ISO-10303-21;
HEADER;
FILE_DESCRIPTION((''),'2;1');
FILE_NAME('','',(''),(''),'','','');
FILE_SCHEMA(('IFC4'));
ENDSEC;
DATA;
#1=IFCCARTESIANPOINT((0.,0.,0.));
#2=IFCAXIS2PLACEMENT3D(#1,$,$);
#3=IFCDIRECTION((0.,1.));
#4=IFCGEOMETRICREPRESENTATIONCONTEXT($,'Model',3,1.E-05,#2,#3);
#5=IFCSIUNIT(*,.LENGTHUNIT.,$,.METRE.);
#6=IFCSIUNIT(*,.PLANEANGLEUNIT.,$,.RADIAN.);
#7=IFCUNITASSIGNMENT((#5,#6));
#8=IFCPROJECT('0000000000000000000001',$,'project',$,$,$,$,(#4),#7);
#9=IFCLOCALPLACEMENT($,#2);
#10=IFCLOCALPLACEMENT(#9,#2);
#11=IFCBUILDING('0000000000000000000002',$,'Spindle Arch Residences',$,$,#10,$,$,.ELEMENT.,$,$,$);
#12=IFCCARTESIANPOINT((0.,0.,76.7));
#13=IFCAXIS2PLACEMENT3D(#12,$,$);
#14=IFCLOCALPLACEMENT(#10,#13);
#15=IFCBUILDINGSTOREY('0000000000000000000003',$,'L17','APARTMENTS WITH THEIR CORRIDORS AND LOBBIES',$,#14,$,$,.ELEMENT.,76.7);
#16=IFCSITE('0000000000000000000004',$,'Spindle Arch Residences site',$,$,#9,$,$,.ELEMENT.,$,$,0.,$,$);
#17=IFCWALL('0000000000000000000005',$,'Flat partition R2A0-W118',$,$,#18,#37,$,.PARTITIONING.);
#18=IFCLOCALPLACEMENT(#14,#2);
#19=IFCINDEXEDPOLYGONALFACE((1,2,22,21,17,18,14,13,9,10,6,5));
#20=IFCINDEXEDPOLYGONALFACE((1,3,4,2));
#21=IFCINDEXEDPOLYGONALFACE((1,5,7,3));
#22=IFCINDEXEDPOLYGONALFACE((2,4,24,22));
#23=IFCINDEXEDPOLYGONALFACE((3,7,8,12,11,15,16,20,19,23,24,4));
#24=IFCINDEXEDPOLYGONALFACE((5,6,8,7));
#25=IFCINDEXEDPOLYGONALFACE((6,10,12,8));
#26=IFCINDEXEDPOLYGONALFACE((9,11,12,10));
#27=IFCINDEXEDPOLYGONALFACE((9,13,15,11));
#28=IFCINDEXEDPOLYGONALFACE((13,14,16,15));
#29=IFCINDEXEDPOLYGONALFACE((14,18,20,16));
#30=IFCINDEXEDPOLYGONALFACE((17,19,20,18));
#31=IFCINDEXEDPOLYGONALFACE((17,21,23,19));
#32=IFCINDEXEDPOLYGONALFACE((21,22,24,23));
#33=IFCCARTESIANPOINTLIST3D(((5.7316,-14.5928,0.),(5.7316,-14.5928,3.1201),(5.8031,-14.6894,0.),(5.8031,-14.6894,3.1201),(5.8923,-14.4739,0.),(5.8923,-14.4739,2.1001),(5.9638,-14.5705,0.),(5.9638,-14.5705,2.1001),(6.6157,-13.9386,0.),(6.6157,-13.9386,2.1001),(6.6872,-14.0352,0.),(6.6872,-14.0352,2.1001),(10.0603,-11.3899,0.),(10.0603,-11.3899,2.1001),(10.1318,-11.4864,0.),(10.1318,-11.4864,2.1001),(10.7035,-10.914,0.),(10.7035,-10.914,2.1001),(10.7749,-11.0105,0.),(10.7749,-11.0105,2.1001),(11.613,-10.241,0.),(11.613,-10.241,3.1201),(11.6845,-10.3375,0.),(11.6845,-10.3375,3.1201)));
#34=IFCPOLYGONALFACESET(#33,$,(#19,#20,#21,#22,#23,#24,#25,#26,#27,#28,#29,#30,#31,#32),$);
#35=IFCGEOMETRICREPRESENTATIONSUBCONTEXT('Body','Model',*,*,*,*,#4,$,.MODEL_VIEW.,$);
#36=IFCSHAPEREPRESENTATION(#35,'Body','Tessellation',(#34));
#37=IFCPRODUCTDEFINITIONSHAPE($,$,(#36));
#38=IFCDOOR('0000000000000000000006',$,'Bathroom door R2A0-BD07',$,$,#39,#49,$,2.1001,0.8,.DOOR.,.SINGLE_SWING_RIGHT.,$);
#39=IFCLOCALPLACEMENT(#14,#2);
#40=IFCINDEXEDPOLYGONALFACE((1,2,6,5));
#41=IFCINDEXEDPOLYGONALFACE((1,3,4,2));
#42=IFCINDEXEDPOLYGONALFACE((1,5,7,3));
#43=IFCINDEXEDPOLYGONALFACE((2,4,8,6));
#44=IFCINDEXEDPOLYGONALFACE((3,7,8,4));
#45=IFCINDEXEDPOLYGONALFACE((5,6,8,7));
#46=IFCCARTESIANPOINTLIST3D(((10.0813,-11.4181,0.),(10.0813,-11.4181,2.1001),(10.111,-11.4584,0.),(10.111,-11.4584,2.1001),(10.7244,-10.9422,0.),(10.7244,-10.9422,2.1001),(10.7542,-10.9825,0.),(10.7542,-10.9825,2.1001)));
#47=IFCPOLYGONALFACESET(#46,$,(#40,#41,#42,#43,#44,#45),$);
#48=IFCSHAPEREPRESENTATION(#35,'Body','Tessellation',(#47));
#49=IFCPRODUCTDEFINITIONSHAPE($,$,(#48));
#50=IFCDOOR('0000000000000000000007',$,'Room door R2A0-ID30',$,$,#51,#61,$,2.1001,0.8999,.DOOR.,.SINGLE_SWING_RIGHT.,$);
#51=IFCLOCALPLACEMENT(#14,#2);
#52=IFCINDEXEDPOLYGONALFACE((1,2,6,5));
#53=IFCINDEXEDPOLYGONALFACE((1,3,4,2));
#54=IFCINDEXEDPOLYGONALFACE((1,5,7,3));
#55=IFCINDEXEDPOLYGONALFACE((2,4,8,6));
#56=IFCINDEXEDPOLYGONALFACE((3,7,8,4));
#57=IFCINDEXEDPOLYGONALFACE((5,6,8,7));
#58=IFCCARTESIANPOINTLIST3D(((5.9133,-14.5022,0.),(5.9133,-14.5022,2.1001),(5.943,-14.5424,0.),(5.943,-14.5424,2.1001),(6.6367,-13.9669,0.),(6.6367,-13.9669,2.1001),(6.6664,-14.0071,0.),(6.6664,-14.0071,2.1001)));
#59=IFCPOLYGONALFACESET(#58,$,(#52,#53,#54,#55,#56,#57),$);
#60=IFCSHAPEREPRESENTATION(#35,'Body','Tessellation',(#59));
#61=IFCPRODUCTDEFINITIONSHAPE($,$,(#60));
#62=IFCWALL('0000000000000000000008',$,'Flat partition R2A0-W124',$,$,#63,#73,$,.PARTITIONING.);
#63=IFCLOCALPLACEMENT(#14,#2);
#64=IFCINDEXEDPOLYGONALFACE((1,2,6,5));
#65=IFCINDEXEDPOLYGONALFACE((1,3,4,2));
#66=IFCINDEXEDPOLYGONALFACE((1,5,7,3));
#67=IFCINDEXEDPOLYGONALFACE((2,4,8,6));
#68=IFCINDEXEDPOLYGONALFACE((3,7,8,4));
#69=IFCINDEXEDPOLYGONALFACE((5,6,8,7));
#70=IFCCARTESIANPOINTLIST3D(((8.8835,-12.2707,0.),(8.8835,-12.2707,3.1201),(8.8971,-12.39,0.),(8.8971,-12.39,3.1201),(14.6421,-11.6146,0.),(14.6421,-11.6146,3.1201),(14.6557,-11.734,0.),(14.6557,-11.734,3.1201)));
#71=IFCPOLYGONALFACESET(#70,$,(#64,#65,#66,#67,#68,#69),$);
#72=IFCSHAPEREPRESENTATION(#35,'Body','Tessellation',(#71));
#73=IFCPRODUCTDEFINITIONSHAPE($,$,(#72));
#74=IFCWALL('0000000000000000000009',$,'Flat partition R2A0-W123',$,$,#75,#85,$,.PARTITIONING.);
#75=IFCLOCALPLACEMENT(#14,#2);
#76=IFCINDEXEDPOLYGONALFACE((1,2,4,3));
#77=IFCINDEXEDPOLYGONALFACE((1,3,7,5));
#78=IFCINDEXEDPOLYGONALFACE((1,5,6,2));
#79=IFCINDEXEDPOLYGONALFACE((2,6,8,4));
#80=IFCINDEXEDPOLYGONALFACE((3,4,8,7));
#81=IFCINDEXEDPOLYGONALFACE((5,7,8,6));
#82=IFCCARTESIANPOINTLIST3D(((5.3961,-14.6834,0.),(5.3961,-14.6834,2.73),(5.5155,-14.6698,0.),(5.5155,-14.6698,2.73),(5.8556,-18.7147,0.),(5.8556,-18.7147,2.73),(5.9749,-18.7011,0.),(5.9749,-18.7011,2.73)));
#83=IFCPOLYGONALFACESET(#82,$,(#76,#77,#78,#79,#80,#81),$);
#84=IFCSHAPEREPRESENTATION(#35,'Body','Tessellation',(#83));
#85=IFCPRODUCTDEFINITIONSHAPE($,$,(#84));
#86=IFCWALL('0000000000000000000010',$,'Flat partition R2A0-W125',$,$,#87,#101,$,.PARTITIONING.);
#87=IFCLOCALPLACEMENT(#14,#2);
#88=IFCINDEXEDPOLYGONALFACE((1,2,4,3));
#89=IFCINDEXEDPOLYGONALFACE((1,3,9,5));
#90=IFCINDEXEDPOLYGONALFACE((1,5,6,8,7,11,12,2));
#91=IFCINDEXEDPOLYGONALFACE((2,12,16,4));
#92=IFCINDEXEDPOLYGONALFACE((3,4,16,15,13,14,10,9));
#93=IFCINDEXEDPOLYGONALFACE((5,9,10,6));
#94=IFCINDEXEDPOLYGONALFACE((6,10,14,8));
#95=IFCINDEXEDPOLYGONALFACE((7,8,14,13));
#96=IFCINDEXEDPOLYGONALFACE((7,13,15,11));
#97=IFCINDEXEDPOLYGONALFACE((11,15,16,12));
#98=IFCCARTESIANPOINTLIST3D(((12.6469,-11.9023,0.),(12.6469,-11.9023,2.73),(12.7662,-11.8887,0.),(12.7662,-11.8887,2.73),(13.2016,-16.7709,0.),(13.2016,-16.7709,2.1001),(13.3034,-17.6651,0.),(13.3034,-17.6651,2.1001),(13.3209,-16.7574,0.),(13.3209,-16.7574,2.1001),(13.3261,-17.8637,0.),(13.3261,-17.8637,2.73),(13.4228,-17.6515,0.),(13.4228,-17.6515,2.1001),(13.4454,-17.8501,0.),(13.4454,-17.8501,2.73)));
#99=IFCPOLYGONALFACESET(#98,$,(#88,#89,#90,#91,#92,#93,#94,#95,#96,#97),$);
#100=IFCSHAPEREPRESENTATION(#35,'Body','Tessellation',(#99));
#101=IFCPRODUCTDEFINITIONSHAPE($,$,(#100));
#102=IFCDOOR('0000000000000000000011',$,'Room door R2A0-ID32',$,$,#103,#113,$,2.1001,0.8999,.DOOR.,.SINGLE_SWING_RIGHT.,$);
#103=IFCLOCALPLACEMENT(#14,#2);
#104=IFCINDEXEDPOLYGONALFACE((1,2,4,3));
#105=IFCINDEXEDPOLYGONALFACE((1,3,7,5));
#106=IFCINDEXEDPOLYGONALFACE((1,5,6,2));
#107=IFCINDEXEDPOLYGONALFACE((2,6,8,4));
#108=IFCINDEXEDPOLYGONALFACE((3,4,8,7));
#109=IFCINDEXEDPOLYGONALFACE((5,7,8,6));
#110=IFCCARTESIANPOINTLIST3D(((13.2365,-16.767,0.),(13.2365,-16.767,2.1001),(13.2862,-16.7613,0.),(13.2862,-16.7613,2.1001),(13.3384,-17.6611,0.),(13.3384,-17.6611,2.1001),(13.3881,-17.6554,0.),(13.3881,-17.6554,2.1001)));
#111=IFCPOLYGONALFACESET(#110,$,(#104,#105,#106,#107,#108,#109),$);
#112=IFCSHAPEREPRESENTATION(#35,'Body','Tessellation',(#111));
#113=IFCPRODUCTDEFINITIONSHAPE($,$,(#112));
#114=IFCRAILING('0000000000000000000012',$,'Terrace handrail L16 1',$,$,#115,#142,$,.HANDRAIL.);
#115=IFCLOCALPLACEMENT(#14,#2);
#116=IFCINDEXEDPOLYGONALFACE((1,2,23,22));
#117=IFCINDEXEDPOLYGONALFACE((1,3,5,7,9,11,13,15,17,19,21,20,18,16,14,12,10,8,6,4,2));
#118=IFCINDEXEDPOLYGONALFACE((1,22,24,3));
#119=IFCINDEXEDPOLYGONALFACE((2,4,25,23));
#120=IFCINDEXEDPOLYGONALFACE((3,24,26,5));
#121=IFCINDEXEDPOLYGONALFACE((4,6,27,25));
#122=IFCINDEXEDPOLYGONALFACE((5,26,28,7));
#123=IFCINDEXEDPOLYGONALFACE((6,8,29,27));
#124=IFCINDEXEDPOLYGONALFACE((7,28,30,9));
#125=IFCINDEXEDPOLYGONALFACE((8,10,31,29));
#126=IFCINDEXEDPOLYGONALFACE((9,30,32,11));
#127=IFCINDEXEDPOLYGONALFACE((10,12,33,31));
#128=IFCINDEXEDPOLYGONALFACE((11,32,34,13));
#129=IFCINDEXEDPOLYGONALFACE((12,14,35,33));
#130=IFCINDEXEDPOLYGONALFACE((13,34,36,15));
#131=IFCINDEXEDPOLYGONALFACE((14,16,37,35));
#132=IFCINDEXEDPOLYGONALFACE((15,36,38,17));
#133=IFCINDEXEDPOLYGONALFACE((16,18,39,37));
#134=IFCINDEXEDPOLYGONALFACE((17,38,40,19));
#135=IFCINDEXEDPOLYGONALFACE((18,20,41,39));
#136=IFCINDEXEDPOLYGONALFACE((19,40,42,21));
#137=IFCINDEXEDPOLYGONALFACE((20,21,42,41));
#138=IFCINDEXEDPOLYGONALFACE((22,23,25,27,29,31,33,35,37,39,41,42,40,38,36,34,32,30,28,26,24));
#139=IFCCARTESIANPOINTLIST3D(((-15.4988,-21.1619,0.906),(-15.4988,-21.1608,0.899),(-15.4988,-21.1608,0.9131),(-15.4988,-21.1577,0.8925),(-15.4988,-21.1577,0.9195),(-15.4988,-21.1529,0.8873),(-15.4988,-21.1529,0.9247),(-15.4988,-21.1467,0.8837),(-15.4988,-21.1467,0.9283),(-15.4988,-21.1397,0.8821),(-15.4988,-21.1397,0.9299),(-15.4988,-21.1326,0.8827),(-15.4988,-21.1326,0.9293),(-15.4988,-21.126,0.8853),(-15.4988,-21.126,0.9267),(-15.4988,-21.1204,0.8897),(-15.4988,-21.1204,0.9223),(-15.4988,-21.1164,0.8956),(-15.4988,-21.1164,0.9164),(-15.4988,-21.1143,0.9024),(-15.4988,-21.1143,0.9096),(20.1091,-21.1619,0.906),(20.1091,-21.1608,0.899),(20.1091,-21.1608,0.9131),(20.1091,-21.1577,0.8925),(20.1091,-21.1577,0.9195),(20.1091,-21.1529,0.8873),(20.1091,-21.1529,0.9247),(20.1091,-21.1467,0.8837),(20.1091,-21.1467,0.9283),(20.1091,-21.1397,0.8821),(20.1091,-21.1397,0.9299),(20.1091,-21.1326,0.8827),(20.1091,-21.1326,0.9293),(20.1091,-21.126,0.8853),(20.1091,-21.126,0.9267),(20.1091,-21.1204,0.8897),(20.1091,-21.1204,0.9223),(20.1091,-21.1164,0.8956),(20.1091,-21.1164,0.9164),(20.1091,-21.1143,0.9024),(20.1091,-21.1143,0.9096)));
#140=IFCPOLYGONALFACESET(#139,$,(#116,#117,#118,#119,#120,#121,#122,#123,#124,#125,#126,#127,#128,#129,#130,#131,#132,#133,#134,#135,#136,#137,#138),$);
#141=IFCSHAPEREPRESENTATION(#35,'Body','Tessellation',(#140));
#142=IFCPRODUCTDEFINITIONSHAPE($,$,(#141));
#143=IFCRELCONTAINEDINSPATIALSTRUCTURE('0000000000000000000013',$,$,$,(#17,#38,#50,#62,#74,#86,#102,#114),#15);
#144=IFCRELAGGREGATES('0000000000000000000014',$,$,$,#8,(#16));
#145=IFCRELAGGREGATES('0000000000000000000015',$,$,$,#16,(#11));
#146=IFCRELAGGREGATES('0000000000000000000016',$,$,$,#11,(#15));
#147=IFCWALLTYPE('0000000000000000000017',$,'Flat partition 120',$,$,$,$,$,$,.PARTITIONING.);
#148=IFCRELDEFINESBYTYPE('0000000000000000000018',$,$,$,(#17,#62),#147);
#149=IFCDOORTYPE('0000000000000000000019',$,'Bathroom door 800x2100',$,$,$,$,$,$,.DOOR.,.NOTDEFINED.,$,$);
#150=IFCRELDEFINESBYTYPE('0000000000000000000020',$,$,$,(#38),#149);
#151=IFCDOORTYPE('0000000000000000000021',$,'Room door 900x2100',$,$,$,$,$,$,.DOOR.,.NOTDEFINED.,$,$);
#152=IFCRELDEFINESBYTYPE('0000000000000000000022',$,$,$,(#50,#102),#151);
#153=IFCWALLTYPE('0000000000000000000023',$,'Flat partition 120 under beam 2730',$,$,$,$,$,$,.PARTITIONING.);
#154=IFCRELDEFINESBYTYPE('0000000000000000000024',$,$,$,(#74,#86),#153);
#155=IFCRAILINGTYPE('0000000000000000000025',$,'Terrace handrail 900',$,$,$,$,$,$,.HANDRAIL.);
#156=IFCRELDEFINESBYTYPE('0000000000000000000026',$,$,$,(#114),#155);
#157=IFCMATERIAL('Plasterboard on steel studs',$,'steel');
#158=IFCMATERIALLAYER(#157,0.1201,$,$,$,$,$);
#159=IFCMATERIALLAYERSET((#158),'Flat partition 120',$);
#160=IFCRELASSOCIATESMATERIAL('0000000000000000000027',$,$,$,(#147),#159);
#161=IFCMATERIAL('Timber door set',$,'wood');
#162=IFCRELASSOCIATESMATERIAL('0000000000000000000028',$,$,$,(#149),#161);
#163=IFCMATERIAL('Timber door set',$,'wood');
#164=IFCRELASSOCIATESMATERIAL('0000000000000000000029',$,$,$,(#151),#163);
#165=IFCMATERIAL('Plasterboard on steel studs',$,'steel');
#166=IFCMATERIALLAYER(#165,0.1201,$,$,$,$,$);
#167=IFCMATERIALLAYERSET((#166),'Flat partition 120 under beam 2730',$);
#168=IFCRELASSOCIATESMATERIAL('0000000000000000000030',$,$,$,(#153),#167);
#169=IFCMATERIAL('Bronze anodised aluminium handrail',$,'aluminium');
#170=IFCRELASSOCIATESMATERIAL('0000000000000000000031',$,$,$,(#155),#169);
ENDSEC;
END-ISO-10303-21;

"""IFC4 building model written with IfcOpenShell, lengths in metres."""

from ifc_helpers import new_model, si_unit, direction, frame, frame_2d, origin, origin_2d, place, context, subcontext, project, spatial, rectangle, circle, extrude, material, layer, layer_set, type_object, element, fill, save


model = new_model("IFC4")

# Units and contexts
model_context = context("Model", 3, precision=1e-05, world=origin(), true_north=direction((0.0, 1.0)))
body_context = subcontext(model_context, "Body", "Model", "MODEL_VIEW")
ifc_project = project(units=[si_unit("LENGTHUNIT", "METRE"), si_unit("PLANEANGLEUNIT", "RADIAN")], contexts=[model_context])

# Site, building, storey
site_placement = place(None, origin())
site = spatial("IfcSite", under=ifc_project, at=site_placement, Name="Spindle Arch Residences site", CompositionType="ELEMENT", RefElevation=0.0)
building_placement = place(site_placement, origin())
building = spatial("IfcBuilding", under=site, at=building_placement, Name="Spindle Arch Residences", CompositionType="ELEMENT")
storey_placement = place(building_placement, frame((0.0, 0.0, 76.7)))
storey = spatial("IfcBuildingStorey", under=building, at=storey_placement, Name="L17", Description="APARTMENTS WITH THEIR CORRIDORS AND LOBBIES", CompositionType="ELEMENT", Elevation=76.7)

# Shared definitions
ifc_material_1 = material(Name="Plasterboard on steel studs", Category="steel")
ifc_layer_1 = layer(ifc_material_1, 0.1201)
ifc_layer_set_1 = layer_set([ifc_layer_1], Name="Flat partition 120")
wall_type_1 = type_object("IfcWallType", Name="Flat partition 120", PredefinedType="PARTITIONING", material=ifc_layer_set_1)

# Wall, openings, doors
wall_1_placement = place(storey_placement, frame((5.7673, -14.6411, 0.0), z_axis=(0.0, 0.0, 1.0), x_axis=(0.803867, 0.594809, 0.0)))
wall_1 = element("IfcWall", 1, at=wall_1_placement, inside=storey, type_object=wall_type_1, Name="Flat partition R2A0-W118", PredefinedType="PARTITIONING", context=body_context, shape_type="SweptSolid", body=[
    extrude(rectangle(XDim=7.3164, YDim=0.1201, at=frame_2d((3.6582, 0.0))), origin(), (0.0, 0.0, 1.0), 3.1201),
])
opening_1_placement = place(wall_1_placement, frame((0.2, 0.0, 0.0)))
opening_1 = element("IfcOpeningElement", 2, at=opening_1_placement, cuts=wall_1, PredefinedType="OPENING", context=body_context, shape_type="SweptSolid", body=[
    extrude(rectangle(XDim=0.8999, YDim=2.1001, at=frame_2d((0.45, 1.05))), frame((0.0, 0.0701, 0.0), z_axis=(0.0, -1.0, 0.0), x_axis=(1.0, 0.0, 0.0)), (0.0, 0.0, 1.0), 0.1401),
])
opening_2_placement = place(wall_1_placement, frame((5.385, 0.0, 0.0)))
opening_2 = element("IfcOpeningElement", 3, at=opening_2_placement, cuts=wall_1, PredefinedType="OPENING", context=body_context, shape_type="SweptSolid", body=[
    extrude(rectangle(XDim=0.8, YDim=2.1001, at=frame_2d((0.3999, 1.05))), frame((0.0, 0.0701, 0.0), z_axis=(0.0, -1.0, 0.0), x_axis=(1.0, 0.0, 0.0)), (0.0, 0.0, 1.0), 0.1401),
])
ifc_material_2 = material(Name="Timber door set", Category="wood")
door_type_1 = type_object("IfcDoorType", Name="Bathroom door 800x2100", OperationType="NOTDEFINED", PredefinedType="DOOR", material=ifc_material_2)
door_1_placement = place(opening_2_placement, origin())
door_1 = element("IfcDoor", 4, at=door_1_placement, inside=storey, type_object=door_type_1, Name="Bathroom door R2A0-BD07", OperationType="SINGLE_SWING_RIGHT", OverallHeight=2.1001, OverallWidth=0.8, PredefinedType="DOOR", context=body_context, shape_type="SweptSolid", body=[
    extrude(rectangle(XDim=0.8, YDim=2.1001, at=frame_2d((0.3999, 1.05))), frame((0.0, 0.0249, 0.0), z_axis=(0.0, -1.0, 0.0), x_axis=(1.0, 0.0, 0.0)), (0.0, 0.0, 1.0), 0.05),
])
fill(opening_2, door_1)
ifc_material_3 = material(Name="Timber door set", Category="wood")
door_type_2 = type_object("IfcDoorType", Name="Room door 900x2100", OperationType="NOTDEFINED", PredefinedType="DOOR", material=ifc_material_3)
door_2_placement = place(opening_1_placement, origin())
door_2 = element("IfcDoor", 5, at=door_2_placement, inside=storey, type_object=door_type_2, Name="Room door R2A0-ID30", OperationType="SINGLE_SWING_RIGHT", OverallHeight=2.1001, OverallWidth=0.8999, PredefinedType="DOOR", context=body_context, shape_type="SweptSolid", body=[
    extrude(rectangle(XDim=0.8999, YDim=2.1001, at=frame_2d((0.45, 1.05))), frame((0.0, 0.0249, 0.0), z_axis=(0.0, -1.0, 0.0), x_axis=(1.0, 0.0, 0.0)), (0.0, 0.0, 1.0), 0.05),
])
fill(opening_1, door_2)

# Walls
wall_2_placement = place(storey_placement, frame((14.6489, -11.6743, 0.0), z_axis=(0.0, 0.0, 1.0), x_axis=(-0.993574, -0.113187, 0.0)))
element("IfcWall", 6, at=wall_2_placement, inside=storey, type_object=wall_type_1, Name="Flat partition R2A0-W124", PredefinedType="PARTITIONING", context=body_context, shape_type="SweptSolid", body=[
    extrude(rectangle(XDim=5.7959, YDim=0.1201, at=frame_2d((2.8979, 0.0))), origin(), (0.0, 0.0, 1.0), 3.1201),
])
ifc_material_4 = material(Name="Plasterboard on steel studs", Category="steel")
ifc_layer_2 = layer(ifc_material_4, 0.1201)
ifc_layer_set_2 = layer_set([ifc_layer_2], Name="Flat partition 120 under beam 2730")
wall_type_2 = type_object("IfcWallType", Name="Flat partition 120 under beam 2730", PredefinedType="PARTITIONING", material=ifc_layer_set_2)
wall_3_placement = place(storey_placement, frame((5.9153, -18.708, 0.0), z_axis=(0.0, 0.0, 1.0), x_axis=(-0.113245, 0.993567, 0.0)))
element("IfcWall", 7, at=wall_3_placement, inside=storey, type_object=wall_type_2, Name="Flat partition R2A0-W123", PredefinedType="PARTITIONING", context=body_context, shape_type="SweptSolid", body=[
    extrude(rectangle(XDim=4.0574, YDim=0.1201, at=frame_2d((2.0288, 0.0))), origin(), (0.0, 0.0, 1.0), 2.73),
])

# Wall, opening, door
wall_4_placement = place(storey_placement, frame((13.3857, -17.8569, 0.0), z_axis=(0.0, 0.0, 1.0), x_axis=(-0.1132, 0.993572, 0.0)))
wall_4 = element("IfcWall", 8, at=wall_4_placement, inside=storey, type_object=wall_type_2, Name="Flat partition R2A0-W125", PredefinedType="PARTITIONING", context=body_context, shape_type="SweptSolid", body=[
    extrude(rectangle(XDim=6.0, YDim=0.1201, at=frame_2d((3.0, 0.0))), origin(), (0.0, 0.0, 1.0), 2.73),
])
opening_3_placement = place(wall_4_placement, frame((0.2, 0.0, 0.0)))
opening_3 = element("IfcOpeningElement", 9, at=opening_3_placement, cuts=wall_4, PredefinedType="OPENING", context=body_context, shape_type="SweptSolid", body=[
    extrude(rectangle(XDim=0.8999, YDim=2.1001, at=frame_2d((0.45, 1.05))), frame((0.0, 0.0701, 0.0), z_axis=(0.0, -1.0, 0.0), x_axis=(1.0, 0.0, 0.0)), (0.0, 0.0, 1.0), 0.1401),
])
door_3_placement = place(opening_3_placement, origin())
door_3 = element("IfcDoor", 10, at=door_3_placement, inside=storey, type_object=door_type_2, Name="Room door R2A0-ID32", OperationType="SINGLE_SWING_RIGHT", OverallHeight=2.1001, OverallWidth=0.8999, PredefinedType="DOOR", context=body_context, shape_type="SweptSolid", body=[
    extrude(rectangle(XDim=0.8999, YDim=2.1001, at=frame_2d((0.45, 1.05))), frame((0.0, 0.0249, 0.0), z_axis=(0.0, -1.0, 0.0), x_axis=(1.0, 0.0, 0.0)), (0.0, 0.0, 1.0), 0.05),
])
fill(opening_3, door_3)

# Railing
ifc_material_5 = material(Name="Bronze anodised aluminium handrail", Category="aluminium")
railing_type_1 = type_object("IfcRailingType", Name="Terrace handrail 900", PredefinedType="HANDRAIL", material=ifc_material_5)
railing_1_placement = place(storey_placement, frame((20.1091, -21.1379, 0.03)))
element("IfcRailing", 11, at=railing_1_placement, inside=storey, type_object=railing_type_1, Name="Terrace handrail L16 1", PredefinedType="HANDRAIL", context=body_context, shape_type="SweptSolid", body=[
    extrude(circle(Radius=0.0239, at=origin_2d()), frame((0.0, 0.0, 0.876), z_axis=(-1.0, 0.0, 0.0), x_axis=(0.0, -1.0, 0.0)), (0.0, 0.0, 1.0), 35.6079),
])

save(model, "model.ifc")
